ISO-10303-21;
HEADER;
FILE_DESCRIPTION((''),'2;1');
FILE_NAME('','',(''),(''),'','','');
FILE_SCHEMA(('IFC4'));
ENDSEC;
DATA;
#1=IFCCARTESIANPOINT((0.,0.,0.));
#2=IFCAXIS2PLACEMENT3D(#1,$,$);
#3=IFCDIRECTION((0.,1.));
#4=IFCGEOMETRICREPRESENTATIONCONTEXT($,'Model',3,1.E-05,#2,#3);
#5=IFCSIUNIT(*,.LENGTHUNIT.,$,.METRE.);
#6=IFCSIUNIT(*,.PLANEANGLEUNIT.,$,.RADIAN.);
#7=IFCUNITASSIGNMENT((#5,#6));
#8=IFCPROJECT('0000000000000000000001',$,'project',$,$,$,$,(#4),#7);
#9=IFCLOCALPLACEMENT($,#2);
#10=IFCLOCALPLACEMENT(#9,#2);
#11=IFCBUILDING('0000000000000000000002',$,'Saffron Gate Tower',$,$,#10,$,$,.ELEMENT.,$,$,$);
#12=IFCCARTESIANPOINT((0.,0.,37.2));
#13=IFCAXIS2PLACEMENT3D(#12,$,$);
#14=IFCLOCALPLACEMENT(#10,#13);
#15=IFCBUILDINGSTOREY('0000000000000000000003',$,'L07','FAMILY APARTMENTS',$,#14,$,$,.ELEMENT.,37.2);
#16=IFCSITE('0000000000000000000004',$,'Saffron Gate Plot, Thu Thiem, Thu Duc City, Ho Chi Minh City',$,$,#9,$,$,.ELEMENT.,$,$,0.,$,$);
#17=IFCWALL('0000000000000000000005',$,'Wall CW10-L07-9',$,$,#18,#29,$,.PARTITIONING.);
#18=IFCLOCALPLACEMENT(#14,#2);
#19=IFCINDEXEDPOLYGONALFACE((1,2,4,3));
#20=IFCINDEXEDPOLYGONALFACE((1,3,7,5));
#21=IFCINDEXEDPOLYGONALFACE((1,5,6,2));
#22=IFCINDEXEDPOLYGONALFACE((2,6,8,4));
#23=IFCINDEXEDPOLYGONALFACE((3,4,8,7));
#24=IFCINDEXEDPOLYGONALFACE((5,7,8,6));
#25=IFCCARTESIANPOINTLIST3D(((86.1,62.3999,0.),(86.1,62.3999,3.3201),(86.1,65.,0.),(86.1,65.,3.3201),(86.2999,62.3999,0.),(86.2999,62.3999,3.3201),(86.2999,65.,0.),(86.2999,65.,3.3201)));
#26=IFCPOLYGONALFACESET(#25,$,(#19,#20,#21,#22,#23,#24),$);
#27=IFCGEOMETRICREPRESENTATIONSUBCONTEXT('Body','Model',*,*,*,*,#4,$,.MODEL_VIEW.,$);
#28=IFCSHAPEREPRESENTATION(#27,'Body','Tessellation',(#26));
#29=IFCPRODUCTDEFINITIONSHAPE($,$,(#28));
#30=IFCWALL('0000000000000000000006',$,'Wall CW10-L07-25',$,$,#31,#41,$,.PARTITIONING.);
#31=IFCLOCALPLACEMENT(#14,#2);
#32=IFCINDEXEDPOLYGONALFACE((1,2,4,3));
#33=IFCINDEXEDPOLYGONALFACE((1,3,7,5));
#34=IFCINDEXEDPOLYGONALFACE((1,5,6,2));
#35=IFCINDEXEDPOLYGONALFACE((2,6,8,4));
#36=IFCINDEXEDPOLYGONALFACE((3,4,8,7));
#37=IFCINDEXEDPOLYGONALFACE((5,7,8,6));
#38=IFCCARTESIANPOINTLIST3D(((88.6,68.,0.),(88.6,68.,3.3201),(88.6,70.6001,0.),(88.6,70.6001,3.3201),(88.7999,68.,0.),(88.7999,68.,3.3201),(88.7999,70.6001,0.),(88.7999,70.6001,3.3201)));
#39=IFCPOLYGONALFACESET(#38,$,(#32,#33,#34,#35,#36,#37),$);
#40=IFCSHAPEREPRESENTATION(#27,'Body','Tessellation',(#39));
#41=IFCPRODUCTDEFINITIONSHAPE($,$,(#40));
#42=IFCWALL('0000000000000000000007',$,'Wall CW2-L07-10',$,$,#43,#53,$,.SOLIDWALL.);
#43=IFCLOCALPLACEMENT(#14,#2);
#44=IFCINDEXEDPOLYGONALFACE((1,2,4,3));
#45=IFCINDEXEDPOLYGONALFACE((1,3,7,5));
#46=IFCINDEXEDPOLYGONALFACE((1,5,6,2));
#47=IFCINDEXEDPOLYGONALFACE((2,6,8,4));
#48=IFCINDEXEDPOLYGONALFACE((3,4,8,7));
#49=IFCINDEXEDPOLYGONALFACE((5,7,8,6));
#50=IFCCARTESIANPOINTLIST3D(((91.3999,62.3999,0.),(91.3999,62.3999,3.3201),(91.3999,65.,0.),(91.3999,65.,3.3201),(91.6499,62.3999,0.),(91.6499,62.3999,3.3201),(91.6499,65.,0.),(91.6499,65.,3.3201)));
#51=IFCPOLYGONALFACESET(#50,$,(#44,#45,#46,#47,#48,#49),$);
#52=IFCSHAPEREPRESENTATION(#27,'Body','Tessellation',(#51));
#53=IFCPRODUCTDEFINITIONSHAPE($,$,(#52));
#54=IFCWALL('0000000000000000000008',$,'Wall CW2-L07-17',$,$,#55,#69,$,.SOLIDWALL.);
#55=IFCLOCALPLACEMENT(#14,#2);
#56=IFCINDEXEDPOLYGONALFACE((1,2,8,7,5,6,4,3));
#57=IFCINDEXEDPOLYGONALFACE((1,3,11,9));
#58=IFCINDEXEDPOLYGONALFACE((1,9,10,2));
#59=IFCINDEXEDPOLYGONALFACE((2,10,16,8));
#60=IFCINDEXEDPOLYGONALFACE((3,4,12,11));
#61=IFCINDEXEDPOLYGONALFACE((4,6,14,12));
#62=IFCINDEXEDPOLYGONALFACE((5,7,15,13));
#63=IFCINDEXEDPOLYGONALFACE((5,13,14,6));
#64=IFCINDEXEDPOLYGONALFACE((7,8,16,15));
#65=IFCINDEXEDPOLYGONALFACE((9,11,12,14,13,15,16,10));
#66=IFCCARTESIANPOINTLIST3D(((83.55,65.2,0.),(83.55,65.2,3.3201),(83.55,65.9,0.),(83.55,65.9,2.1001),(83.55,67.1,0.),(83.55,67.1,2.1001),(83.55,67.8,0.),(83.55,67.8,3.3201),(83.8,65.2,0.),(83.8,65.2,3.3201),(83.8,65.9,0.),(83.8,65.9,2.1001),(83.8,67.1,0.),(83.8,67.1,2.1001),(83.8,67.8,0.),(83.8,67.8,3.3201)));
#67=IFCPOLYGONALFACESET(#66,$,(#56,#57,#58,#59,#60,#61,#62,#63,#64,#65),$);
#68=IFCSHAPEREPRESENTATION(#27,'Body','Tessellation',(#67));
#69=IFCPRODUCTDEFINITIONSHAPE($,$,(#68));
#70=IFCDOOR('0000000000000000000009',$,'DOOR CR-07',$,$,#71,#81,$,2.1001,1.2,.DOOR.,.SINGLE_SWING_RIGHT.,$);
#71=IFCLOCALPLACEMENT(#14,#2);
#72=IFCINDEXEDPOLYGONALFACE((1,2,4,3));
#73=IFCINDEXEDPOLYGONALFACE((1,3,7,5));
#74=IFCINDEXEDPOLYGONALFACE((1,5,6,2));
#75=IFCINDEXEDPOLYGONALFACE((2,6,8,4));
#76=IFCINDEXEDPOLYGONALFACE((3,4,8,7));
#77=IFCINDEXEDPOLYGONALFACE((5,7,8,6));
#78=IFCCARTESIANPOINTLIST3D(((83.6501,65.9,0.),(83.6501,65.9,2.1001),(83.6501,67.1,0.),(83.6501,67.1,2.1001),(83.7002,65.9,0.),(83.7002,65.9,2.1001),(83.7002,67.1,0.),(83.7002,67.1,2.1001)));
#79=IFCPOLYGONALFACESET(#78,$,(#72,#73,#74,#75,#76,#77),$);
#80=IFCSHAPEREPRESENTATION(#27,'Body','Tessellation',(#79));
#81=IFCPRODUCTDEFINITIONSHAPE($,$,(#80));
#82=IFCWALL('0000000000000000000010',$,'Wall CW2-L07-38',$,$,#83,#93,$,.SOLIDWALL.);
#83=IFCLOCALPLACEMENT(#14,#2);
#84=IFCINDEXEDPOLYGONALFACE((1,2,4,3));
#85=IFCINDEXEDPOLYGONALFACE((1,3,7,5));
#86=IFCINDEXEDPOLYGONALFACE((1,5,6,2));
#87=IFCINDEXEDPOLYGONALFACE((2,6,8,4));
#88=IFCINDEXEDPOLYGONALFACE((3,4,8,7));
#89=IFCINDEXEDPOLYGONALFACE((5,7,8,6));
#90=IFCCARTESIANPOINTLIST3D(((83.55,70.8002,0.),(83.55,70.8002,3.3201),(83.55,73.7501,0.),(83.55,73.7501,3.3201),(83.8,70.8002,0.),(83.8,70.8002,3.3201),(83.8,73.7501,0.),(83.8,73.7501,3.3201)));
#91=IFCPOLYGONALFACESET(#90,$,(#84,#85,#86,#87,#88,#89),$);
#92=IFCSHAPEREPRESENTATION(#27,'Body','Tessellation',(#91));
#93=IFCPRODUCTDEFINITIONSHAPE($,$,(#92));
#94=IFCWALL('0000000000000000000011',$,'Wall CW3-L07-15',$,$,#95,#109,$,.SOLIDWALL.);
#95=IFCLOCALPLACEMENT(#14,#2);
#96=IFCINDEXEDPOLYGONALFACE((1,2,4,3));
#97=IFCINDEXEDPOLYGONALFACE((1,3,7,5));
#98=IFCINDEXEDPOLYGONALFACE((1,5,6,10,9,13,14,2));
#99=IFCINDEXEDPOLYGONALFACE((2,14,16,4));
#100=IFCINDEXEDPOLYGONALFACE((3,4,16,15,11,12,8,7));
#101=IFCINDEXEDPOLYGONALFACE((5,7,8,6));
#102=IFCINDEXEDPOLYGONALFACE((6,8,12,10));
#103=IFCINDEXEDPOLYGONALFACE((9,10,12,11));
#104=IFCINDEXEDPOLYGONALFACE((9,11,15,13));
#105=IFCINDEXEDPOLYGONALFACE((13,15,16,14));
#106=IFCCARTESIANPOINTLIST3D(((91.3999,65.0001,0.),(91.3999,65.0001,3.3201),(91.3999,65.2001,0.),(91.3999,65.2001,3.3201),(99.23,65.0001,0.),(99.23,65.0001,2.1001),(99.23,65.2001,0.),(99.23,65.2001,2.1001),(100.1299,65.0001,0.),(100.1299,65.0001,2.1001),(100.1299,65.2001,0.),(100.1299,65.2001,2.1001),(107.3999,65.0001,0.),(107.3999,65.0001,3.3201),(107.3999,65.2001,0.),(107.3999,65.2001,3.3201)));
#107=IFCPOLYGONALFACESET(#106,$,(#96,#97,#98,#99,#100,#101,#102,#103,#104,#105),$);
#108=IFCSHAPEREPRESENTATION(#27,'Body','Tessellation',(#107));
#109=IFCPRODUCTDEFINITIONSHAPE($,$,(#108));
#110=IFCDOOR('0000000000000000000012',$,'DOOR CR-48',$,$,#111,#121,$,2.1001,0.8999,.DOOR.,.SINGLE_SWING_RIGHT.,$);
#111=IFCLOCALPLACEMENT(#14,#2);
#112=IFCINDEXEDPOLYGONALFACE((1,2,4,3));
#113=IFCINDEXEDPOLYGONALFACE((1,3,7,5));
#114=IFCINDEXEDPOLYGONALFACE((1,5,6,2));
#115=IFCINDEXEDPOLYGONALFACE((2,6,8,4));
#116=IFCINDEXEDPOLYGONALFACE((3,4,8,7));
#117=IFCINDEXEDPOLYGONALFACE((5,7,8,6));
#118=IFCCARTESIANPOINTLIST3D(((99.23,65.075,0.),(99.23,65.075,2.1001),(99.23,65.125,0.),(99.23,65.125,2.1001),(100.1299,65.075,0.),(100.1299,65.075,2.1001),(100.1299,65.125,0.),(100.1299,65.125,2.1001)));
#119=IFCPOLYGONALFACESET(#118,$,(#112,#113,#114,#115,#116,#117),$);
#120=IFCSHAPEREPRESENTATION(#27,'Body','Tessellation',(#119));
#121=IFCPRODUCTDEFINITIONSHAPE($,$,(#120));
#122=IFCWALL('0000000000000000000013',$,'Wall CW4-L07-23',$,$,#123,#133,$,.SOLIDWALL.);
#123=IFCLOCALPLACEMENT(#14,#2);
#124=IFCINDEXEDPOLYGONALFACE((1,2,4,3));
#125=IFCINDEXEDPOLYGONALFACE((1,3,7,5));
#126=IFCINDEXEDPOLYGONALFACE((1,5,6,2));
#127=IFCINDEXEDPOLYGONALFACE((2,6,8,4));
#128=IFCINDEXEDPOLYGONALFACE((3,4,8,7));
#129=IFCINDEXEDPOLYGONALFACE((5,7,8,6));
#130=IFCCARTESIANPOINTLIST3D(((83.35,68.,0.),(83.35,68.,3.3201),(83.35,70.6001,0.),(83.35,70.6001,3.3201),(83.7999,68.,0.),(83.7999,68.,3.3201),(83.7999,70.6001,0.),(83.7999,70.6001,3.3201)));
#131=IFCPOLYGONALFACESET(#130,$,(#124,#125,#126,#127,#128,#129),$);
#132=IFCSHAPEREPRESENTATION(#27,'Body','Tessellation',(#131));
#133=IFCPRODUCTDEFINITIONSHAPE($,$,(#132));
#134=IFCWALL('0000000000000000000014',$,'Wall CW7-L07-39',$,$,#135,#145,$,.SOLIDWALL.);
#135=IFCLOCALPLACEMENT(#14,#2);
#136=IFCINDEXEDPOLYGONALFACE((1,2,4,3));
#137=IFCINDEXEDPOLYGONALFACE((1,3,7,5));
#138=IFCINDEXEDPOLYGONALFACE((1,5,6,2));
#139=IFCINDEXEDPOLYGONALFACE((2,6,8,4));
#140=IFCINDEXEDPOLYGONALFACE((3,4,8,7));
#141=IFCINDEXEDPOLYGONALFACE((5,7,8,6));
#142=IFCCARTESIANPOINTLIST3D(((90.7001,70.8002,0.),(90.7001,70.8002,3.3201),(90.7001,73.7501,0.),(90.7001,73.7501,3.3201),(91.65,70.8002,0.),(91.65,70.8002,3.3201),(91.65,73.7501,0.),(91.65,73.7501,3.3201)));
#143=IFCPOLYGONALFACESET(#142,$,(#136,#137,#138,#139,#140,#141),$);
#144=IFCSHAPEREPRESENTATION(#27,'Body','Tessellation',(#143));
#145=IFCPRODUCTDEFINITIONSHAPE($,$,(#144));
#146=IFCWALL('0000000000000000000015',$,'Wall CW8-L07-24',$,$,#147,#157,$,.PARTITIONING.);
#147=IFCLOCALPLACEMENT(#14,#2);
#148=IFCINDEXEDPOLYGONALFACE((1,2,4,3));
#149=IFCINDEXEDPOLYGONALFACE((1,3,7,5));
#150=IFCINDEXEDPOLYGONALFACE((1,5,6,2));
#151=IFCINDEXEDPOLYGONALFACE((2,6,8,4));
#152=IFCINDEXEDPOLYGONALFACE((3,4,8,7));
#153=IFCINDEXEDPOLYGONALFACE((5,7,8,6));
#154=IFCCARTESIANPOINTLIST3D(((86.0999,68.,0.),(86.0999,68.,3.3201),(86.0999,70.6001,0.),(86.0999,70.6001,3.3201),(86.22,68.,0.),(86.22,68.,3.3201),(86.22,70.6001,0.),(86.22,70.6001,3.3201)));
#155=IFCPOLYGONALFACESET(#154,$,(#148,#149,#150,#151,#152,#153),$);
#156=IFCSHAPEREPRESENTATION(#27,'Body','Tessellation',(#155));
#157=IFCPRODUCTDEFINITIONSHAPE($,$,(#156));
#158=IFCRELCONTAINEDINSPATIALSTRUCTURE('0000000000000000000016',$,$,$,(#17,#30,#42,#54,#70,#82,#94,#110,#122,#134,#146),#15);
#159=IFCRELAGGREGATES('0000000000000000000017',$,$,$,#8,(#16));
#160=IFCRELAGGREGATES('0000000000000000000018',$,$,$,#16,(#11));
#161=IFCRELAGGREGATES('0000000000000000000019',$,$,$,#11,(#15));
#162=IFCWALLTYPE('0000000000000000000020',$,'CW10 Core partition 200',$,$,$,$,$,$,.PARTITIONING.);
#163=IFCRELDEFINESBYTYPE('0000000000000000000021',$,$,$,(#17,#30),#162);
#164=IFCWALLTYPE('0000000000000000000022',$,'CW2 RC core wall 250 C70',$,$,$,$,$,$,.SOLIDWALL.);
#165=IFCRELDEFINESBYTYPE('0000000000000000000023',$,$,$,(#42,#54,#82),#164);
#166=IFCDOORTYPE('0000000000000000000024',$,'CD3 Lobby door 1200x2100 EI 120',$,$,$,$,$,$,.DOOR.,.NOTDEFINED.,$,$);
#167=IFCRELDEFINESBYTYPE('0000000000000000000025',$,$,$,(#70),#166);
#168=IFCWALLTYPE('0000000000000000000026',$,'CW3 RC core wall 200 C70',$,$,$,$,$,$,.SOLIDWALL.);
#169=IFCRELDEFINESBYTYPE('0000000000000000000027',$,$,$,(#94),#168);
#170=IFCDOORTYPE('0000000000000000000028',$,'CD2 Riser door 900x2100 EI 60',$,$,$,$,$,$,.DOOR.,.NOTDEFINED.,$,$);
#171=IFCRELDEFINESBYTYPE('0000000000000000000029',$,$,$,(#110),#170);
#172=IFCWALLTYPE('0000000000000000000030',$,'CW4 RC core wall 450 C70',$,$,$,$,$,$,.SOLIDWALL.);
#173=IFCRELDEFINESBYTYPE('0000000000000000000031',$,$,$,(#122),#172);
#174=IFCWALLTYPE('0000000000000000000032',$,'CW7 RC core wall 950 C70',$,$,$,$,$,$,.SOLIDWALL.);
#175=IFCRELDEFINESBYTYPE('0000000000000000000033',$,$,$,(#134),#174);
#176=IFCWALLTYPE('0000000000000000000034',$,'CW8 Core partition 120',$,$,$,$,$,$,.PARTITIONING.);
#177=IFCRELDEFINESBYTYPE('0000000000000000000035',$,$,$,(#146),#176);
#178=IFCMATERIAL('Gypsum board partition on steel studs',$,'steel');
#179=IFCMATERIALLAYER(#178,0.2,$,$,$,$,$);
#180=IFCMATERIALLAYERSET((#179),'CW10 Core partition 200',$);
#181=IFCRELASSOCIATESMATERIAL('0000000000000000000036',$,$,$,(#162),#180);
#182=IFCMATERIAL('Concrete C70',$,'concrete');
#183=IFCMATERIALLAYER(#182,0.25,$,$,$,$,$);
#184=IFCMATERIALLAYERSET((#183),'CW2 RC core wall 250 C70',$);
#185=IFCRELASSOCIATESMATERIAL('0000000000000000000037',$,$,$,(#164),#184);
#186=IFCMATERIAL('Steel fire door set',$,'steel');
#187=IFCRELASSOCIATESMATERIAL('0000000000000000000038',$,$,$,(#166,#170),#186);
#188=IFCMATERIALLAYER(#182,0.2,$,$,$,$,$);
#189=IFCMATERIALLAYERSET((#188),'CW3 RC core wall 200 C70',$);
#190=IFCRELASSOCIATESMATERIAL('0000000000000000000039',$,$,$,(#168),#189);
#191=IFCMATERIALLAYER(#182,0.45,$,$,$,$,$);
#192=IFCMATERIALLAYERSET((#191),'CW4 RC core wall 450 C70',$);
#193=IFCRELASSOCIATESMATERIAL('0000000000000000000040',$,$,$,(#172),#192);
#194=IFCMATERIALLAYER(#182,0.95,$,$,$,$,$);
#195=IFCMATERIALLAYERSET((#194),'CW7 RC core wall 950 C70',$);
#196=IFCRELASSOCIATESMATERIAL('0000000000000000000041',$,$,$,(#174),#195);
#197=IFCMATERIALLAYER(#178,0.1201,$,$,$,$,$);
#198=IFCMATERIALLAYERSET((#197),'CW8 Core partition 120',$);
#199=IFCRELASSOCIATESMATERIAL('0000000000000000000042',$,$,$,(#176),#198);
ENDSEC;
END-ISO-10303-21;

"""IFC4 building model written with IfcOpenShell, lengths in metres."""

from ifc_helpers import new_model, si_unit, direction, frame, frame_2d, origin, place, context, subcontext, project, spatial, rectangle, extrude, material, layer, layer_set, type_object, element, fill, save


model = new_model("IFC4")

# Units and contexts
model_context = context("Model", 3, precision=1e-05, world=origin(), true_north=direction((0.0, 1.0)))
body_context = subcontext(model_context, "Body", "Model", "MODEL_VIEW")
ifc_project = project(units=[si_unit("LENGTHUNIT", "METRE"), si_unit("PLANEANGLEUNIT", "RADIAN")], contexts=[model_context])

# Site, building, storey
site_placement = place(None, origin())
site = spatial("IfcSite", under=ifc_project, at=site_placement, Name="Saffron Gate Plot, Thu Thiem, Thu Duc City, Ho Chi Minh City", CompositionType="ELEMENT", RefElevation=0.0)
building_placement = place(site_placement, origin())
building = spatial("IfcBuilding", under=site, at=building_placement, Name="Saffron Gate Tower", CompositionType="ELEMENT")
storey_placement = place(building_placement, frame((0.0, 0.0, 37.2)))
storey = spatial("IfcBuildingStorey", under=building, at=storey_placement, Name="L07", Description="FAMILY APARTMENTS", CompositionType="ELEMENT", Elevation=37.2)

# Walls
ifc_material_1 = material(Name="Gypsum board partition on steel studs", Category="steel")
ifc_layer_1 = layer(ifc_material_1, 0.2)
ifc_layer_set_1 = layer_set([ifc_layer_1], Name="CW10 Core partition 200")
wall_type_1 = type_object("IfcWallType", Name="CW10 Core partition 200", PredefinedType="PARTITIONING", material=ifc_layer_set_1)
for number, where, z_axis, x_axis, name in (
    (1, (86.2, 62.3999, 0.0), (0.0, 0.0, 1.0), (0.0, 1.0, 0.0), "Wall CW10-L07-9"),
    (2, (88.7, 68.0, 0.0), (0.0, 0.0, 1.0), (0.0, 1.0, 0.0), "Wall CW10-L07-25"),
):
    element("IfcWall", number, at=place(storey_placement, frame(where, z_axis=z_axis, x_axis=x_axis)), inside=storey, type_object=wall_type_1, Name=name, PredefinedType="PARTITIONING", context=body_context, shape_type="SweptSolid", body=[
        extrude(rectangle(XDim=2.6001, YDim=0.2, at=frame_2d((1.3, 0.0))), origin(), (0.0, 0.0, 1.0), 3.3201),
    ])
ifc_material_2 = material(Name="Concrete C70", Category="concrete")
ifc_layer_2 = layer(ifc_material_2, 0.25)
ifc_layer_set_2 = layer_set([ifc_layer_2], Name="CW2 RC core wall 250 C70")
wall_type_2 = type_object("IfcWallType", Name="CW2 RC core wall 250 C70", PredefinedType="SOLIDWALL", material=ifc_layer_set_2)
wall_1_placement = place(storey_placement, frame((91.5249, 62.3999, 0.0), z_axis=(0.0, 0.0, 1.0), x_axis=(0.0, 1.0, 0.0)))
element("IfcWall", 3, at=wall_1_placement, inside=storey, type_object=wall_type_2, Name="Wall CW2-L07-10", PredefinedType="SOLIDWALL", context=body_context, shape_type="SweptSolid", body=[
    extrude(rectangle(XDim=2.6001, YDim=0.25, at=frame_2d((1.3, 0.0))), origin(), (0.0, 0.0, 1.0), 3.3201),
])

# Wall, opening, door
wall_2_placement = place(storey_placement, frame((83.675, 65.2, 0.0), z_axis=(0.0, 0.0, 1.0), x_axis=(0.0, 1.0, 0.0)))
wall_2 = element("IfcWall", 4, at=wall_2_placement, inside=storey, type_object=wall_type_2, Name="Wall CW2-L07-17", PredefinedType="SOLIDWALL", context=body_context, shape_type="SweptSolid", body=[
    extrude(rectangle(XDim=2.6001, YDim=0.25, at=frame_2d((1.3, 0.0))), origin(), (0.0, 0.0, 1.0), 3.3201),
])
opening_1_placement = place(wall_2_placement, frame((0.7, 0.0, 0.0)))
opening_1 = element("IfcOpeningElement", 5, at=opening_1_placement, cuts=wall_2, PredefinedType="OPENING", context=body_context, shape_type="SweptSolid", body=[
    extrude(rectangle(XDim=1.2, YDim=2.1001, at=frame_2d((0.6001, 1.05))), frame((0.0, 0.135, 0.0), z_axis=(0.0, -1.0, 0.0), x_axis=(1.0, 0.0, 0.0)), (0.0, 0.0, 1.0), 0.27),
])
ifc_material_3 = material(Name="Steel fire door set", Category="steel")
door_type_1 = type_object("IfcDoorType", Name="CD3 Lobby door 1200x2100 EI 120", OperationType="NOTDEFINED", PredefinedType="DOOR", material=ifc_material_3)
door_1_placement = place(opening_1_placement, origin())
door_1 = element("IfcDoor", 6, at=door_1_placement, inside=storey, type_object=door_type_1, Name="DOOR CR-07", OperationType="SINGLE_SWING_RIGHT", OverallHeight=2.1001, OverallWidth=1.2, PredefinedType="DOOR", context=body_context, shape_type="SweptSolid", body=[
    extrude(rectangle(XDim=1.2, YDim=2.1001, at=frame_2d((0.6001, 1.05))), frame((0.0, 0.0249, 0.0), z_axis=(0.0, -1.0, 0.0), x_axis=(1.0, 0.0, 0.0)), (0.0, 0.0, 1.0), 0.05),
])
fill(opening_1, door_1)

# Wall
wall_3_placement = place(storey_placement, frame((83.675, 70.8, 0.0), z_axis=(0.0, 0.0, 1.0), x_axis=(0.0, 1.0, 0.0)))
element("IfcWall", 7, at=wall_3_placement, inside=storey, type_object=wall_type_2, Name="Wall CW2-L07-38", PredefinedType="SOLIDWALL", context=body_context, shape_type="SweptSolid", body=[
    extrude(rectangle(XDim=2.95, YDim=0.25, at=frame_2d((1.4751, 0.0))), origin(), (0.0, 0.0, 1.0), 3.3201),
])

# Wall, opening, door
ifc_layer_3 = layer(ifc_material_2, 0.2)
ifc_layer_set_3 = layer_set([ifc_layer_3], Name="CW3 RC core wall 200 C70")
wall_type_3 = type_object("IfcWallType", Name="CW3 RC core wall 200 C70", PredefinedType="SOLIDWALL", material=ifc_layer_set_3)
wall_4_placement = place(storey_placement, frame((91.3999, 65.1001, 0.0), z_axis=(0.0, 0.0, 1.0), x_axis=(1.0, 0.0, 0.0)))
wall_4 = element("IfcWall", 8, at=wall_4_placement, inside=storey, type_object=wall_type_3, Name="Wall CW3-L07-15", PredefinedType="SOLIDWALL", context=body_context, shape_type="SweptSolid", body=[
    extrude(rectangle(XDim=16.0, YDim=0.2, at=frame_2d((8.0, 0.0))), origin(), (0.0, 0.0, 1.0), 3.3201),
])
opening_2_placement = place(wall_4_placement, frame((7.8301, 0.0, 0.0)))
opening_2 = element("IfcOpeningElement", 9, at=opening_2_placement, cuts=wall_4, PredefinedType="OPENING", context=body_context, shape_type="SweptSolid", body=[
    extrude(rectangle(XDim=0.8999, YDim=2.1001, at=frame_2d((0.45, 1.05))), frame((0.0, 0.1099, 0.0), z_axis=(0.0, -1.0, 0.0), x_axis=(1.0, 0.0, 0.0)), (0.0, 0.0, 1.0), 0.22),
])
door_type_2 = type_object("IfcDoorType", Name="CD2 Riser door 900x2100 EI 60", OperationType="NOTDEFINED", PredefinedType="DOOR", material=ifc_material_3)
door_2_placement = place(opening_2_placement, origin())
door_2 = element("IfcDoor", 10, at=door_2_placement, inside=storey, type_object=door_type_2, Name="DOOR CR-48", OperationType="SINGLE_SWING_RIGHT", OverallHeight=2.1001, OverallWidth=0.8999, PredefinedType="DOOR", context=body_context, shape_type="SweptSolid", body=[
    extrude(rectangle(XDim=0.8999, YDim=2.1001, at=frame_2d((0.45, 1.05))), frame((0.0, 0.0249, 0.0), z_axis=(0.0, -1.0, 0.0), x_axis=(1.0, 0.0, 0.0)), (0.0, 0.0, 1.0), 0.05),
])
fill(opening_2, door_2)

# Walls
ifc_layer_4 = layer(ifc_material_2, 0.45)
ifc_layer_set_4 = layer_set([ifc_layer_4], Name="CW4 RC core wall 450 C70")
wall_type_4 = type_object("IfcWallType", Name="CW4 RC core wall 450 C70", PredefinedType="SOLIDWALL", material=ifc_layer_set_4)
wall_5_placement = place(storey_placement, frame((83.575, 68.0, 0.0), z_axis=(0.0, 0.0, 1.0), x_axis=(0.0, 1.0, 0.0)))
element("IfcWall", 11, at=wall_5_placement, inside=storey, type_object=wall_type_4, Name="Wall CW4-L07-23", PredefinedType="SOLIDWALL", context=body_context, shape_type="SweptSolid", body=[
    extrude(rectangle(XDim=2.6001, YDim=0.45, at=frame_2d((1.3, 0.0))), origin(), (0.0, 0.0, 1.0), 3.3201),
])
ifc_layer_5 = layer(ifc_material_2, 0.95)
ifc_layer_set_5 = layer_set([ifc_layer_5], Name="CW7 RC core wall 950 C70")
wall_type_5 = type_object("IfcWallType", Name="CW7 RC core wall 950 C70", PredefinedType="SOLIDWALL", material=ifc_layer_set_5)
wall_6_placement = place(storey_placement, frame((91.175, 70.8, 0.0), z_axis=(0.0, 0.0, 1.0), x_axis=(0.0, 1.0, 0.0)))
element("IfcWall", 12, at=wall_6_placement, inside=storey, type_object=wall_type_5, Name="Wall CW7-L07-39", PredefinedType="SOLIDWALL", context=body_context, shape_type="SweptSolid", body=[
    extrude(rectangle(XDim=2.95, YDim=0.95, at=frame_2d((1.4751, 0.0))), origin(), (0.0, 0.0, 1.0), 3.3201),
])
ifc_layer_6 = layer(ifc_material_1, 0.1201)
ifc_layer_set_6 = layer_set([ifc_layer_6], Name="CW8 Core partition 120")
wall_type_6 = type_object("IfcWallType", Name="CW8 Core partition 120", PredefinedType="PARTITIONING", material=ifc_layer_set_6)
wall_7_placement = place(storey_placement, frame((86.1599, 68.0, 0.0), z_axis=(0.0, 0.0, 1.0), x_axis=(0.0, 1.0, 0.0)))
element("IfcWall", 13, at=wall_7_placement, inside=storey, type_object=wall_type_6, Name="Wall CW8-L07-24", PredefinedType="PARTITIONING", context=body_context, shape_type="SweptSolid", body=[
    extrude(rectangle(XDim=2.6001, YDim=0.1201, at=frame_2d((1.3, 0.0))), origin(), (0.0, 0.0, 1.0), 3.3201),
])

save(model, "model.ifc")
